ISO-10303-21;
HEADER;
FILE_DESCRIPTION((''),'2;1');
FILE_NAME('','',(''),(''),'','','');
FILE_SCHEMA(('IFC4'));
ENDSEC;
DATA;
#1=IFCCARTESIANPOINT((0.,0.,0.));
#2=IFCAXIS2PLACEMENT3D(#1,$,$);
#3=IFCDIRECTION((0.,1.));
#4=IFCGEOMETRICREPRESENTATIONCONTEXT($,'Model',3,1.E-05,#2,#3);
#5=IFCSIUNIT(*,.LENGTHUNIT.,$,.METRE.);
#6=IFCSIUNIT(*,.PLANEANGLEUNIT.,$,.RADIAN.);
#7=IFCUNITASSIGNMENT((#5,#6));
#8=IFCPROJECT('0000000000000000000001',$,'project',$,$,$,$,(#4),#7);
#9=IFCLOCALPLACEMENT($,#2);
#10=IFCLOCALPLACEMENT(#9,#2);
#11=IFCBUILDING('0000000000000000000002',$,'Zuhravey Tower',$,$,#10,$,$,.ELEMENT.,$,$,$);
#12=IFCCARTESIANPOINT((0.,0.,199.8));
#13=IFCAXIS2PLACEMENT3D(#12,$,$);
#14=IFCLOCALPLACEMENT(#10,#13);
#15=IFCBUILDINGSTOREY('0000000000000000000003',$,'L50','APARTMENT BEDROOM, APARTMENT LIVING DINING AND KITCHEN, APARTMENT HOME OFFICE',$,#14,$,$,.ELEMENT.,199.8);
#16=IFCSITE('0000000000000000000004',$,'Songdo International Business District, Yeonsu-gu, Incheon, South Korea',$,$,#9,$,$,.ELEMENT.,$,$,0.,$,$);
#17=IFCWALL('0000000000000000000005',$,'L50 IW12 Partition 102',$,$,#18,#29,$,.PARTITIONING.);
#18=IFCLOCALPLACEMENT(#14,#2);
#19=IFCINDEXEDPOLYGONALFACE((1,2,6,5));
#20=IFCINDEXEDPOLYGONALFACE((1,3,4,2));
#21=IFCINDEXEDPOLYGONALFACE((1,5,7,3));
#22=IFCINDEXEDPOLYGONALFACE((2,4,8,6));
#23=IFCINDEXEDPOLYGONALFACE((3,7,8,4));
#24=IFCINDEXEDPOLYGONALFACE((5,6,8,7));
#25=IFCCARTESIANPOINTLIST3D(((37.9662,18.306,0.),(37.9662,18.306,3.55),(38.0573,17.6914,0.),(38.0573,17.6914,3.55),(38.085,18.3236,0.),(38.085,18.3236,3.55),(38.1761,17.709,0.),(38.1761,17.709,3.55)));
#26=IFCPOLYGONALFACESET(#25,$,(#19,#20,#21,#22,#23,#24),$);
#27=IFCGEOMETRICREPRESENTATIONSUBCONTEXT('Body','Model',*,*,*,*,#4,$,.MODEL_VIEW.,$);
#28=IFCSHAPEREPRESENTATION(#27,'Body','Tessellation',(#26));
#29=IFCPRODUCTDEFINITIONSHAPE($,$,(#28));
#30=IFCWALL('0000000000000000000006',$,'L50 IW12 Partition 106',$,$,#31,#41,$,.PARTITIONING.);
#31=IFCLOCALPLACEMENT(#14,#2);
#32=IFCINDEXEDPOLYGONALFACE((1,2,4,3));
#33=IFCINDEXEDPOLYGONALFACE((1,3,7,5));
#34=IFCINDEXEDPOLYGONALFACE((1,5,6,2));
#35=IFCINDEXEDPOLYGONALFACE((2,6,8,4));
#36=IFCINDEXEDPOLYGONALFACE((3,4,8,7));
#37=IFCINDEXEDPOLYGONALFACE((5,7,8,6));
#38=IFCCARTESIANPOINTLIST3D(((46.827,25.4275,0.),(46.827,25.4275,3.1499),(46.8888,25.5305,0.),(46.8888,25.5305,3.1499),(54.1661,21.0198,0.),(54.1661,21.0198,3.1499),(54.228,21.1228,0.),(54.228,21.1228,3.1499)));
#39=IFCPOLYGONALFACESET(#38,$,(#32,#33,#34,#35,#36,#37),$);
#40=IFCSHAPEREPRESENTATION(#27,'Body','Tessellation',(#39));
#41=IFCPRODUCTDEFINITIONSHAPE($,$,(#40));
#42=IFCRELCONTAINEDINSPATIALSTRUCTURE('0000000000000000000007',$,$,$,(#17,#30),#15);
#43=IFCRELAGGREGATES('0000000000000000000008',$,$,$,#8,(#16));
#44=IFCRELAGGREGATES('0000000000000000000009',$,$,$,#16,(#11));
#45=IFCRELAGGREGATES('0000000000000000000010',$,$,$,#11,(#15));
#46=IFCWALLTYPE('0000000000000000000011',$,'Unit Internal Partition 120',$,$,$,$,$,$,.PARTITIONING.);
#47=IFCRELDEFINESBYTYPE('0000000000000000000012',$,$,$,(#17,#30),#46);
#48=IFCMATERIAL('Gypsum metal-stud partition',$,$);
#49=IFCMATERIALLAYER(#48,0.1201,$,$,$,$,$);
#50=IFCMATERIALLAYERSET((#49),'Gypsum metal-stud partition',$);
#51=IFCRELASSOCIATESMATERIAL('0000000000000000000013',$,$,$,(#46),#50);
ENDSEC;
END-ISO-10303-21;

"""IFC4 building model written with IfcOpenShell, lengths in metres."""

from ifc_helpers import new_model, si_unit, direction, frame, frame_2d, origin, place, context, subcontext, project, spatial, rectangle, extrude, material, layer, layer_set, type_object, element, save


model = new_model("IFC4")

# Units and contexts
model_context = context("Model", 3, precision=1e-05, world=origin(), true_north=direction((0.0, 1.0)))
body_context = subcontext(model_context, "Body", "Model", "MODEL_VIEW")
ifc_project = project(units=[si_unit("LENGTHUNIT", "METRE"), si_unit("PLANEANGLEUNIT", "RADIAN")], contexts=[model_context])

# Site, building, storey
site_placement = place(None, origin())
site = spatial("IfcSite", under=ifc_project, at=site_placement, Name="Songdo International Business District, Yeonsu-gu, Incheon, South Korea", CompositionType="ELEMENT", RefElevation=0.0)
building_placement = place(site_placement, origin())
building = spatial("IfcBuilding", under=site, at=building_placement, Name="Zuhravey Tower", CompositionType="ELEMENT")
storey_placement = place(building_placement, frame((0.0, 0.0, 199.8)))
storey = spatial("IfcBuildingStorey", under=building, at=storey_placement, Name="L50", Description="APARTMENT BEDROOM, APARTMENT LIVING DINING AND KITCHEN, APARTMENT HOME OFFICE", CompositionType="ELEMENT", Elevation=199.8)

# Walls
ifc_material_1 = material(Name="Gypsum metal-stud partition")
ifc_layer_1 = layer(ifc_material_1, 0.1201)
ifc_layer_set_1 = layer_set([ifc_layer_1], Name="Gypsum metal-stud partition")
wall_type_1 = type_object("IfcWallType", Name="Unit Internal Partition 120", PredefinedType="PARTITIONING", material=ifc_layer_set_1)
wall_1_placement = place(storey_placement, frame((38.0256, 18.3147, 0.0), z_axis=(0.0, 0.0, 1.0), x_axis=(0.146534, -0.989206, 0.0)))
element("IfcWall", 1, at=wall_1_placement, inside=storey, type_object=wall_type_1, Name="L50 IW12 Partition 102", PredefinedType="PARTITIONING", context=body_context, shape_type="SweptSolid", body=[
    extrude(rectangle(XDim=0.6213, YDim=0.1201, at=frame_2d((0.3105, 0.0))), origin(), (0.0, 0.0, 1.0), 3.55),
])
wall_2_placement = place(storey_placement, frame((46.8579, 25.479, 0.0), z_axis=(0.0, 0.0, 1.0), x_axis=(0.857274, -0.514861, 0.0)))
element("IfcWall", 2, at=wall_2_placement, inside=storey, type_object=wall_type_1, Name="L50 IW12 Partition 106", PredefinedType="PARTITIONING", context=body_context, shape_type="SweptSolid", body=[
    extrude(rectangle(XDim=8.561, YDim=0.1201, at=frame_2d((4.2805, 0.0))), origin(), (0.0, 0.0, 1.0), 3.1499),
])

save(model, "model.ifc")
